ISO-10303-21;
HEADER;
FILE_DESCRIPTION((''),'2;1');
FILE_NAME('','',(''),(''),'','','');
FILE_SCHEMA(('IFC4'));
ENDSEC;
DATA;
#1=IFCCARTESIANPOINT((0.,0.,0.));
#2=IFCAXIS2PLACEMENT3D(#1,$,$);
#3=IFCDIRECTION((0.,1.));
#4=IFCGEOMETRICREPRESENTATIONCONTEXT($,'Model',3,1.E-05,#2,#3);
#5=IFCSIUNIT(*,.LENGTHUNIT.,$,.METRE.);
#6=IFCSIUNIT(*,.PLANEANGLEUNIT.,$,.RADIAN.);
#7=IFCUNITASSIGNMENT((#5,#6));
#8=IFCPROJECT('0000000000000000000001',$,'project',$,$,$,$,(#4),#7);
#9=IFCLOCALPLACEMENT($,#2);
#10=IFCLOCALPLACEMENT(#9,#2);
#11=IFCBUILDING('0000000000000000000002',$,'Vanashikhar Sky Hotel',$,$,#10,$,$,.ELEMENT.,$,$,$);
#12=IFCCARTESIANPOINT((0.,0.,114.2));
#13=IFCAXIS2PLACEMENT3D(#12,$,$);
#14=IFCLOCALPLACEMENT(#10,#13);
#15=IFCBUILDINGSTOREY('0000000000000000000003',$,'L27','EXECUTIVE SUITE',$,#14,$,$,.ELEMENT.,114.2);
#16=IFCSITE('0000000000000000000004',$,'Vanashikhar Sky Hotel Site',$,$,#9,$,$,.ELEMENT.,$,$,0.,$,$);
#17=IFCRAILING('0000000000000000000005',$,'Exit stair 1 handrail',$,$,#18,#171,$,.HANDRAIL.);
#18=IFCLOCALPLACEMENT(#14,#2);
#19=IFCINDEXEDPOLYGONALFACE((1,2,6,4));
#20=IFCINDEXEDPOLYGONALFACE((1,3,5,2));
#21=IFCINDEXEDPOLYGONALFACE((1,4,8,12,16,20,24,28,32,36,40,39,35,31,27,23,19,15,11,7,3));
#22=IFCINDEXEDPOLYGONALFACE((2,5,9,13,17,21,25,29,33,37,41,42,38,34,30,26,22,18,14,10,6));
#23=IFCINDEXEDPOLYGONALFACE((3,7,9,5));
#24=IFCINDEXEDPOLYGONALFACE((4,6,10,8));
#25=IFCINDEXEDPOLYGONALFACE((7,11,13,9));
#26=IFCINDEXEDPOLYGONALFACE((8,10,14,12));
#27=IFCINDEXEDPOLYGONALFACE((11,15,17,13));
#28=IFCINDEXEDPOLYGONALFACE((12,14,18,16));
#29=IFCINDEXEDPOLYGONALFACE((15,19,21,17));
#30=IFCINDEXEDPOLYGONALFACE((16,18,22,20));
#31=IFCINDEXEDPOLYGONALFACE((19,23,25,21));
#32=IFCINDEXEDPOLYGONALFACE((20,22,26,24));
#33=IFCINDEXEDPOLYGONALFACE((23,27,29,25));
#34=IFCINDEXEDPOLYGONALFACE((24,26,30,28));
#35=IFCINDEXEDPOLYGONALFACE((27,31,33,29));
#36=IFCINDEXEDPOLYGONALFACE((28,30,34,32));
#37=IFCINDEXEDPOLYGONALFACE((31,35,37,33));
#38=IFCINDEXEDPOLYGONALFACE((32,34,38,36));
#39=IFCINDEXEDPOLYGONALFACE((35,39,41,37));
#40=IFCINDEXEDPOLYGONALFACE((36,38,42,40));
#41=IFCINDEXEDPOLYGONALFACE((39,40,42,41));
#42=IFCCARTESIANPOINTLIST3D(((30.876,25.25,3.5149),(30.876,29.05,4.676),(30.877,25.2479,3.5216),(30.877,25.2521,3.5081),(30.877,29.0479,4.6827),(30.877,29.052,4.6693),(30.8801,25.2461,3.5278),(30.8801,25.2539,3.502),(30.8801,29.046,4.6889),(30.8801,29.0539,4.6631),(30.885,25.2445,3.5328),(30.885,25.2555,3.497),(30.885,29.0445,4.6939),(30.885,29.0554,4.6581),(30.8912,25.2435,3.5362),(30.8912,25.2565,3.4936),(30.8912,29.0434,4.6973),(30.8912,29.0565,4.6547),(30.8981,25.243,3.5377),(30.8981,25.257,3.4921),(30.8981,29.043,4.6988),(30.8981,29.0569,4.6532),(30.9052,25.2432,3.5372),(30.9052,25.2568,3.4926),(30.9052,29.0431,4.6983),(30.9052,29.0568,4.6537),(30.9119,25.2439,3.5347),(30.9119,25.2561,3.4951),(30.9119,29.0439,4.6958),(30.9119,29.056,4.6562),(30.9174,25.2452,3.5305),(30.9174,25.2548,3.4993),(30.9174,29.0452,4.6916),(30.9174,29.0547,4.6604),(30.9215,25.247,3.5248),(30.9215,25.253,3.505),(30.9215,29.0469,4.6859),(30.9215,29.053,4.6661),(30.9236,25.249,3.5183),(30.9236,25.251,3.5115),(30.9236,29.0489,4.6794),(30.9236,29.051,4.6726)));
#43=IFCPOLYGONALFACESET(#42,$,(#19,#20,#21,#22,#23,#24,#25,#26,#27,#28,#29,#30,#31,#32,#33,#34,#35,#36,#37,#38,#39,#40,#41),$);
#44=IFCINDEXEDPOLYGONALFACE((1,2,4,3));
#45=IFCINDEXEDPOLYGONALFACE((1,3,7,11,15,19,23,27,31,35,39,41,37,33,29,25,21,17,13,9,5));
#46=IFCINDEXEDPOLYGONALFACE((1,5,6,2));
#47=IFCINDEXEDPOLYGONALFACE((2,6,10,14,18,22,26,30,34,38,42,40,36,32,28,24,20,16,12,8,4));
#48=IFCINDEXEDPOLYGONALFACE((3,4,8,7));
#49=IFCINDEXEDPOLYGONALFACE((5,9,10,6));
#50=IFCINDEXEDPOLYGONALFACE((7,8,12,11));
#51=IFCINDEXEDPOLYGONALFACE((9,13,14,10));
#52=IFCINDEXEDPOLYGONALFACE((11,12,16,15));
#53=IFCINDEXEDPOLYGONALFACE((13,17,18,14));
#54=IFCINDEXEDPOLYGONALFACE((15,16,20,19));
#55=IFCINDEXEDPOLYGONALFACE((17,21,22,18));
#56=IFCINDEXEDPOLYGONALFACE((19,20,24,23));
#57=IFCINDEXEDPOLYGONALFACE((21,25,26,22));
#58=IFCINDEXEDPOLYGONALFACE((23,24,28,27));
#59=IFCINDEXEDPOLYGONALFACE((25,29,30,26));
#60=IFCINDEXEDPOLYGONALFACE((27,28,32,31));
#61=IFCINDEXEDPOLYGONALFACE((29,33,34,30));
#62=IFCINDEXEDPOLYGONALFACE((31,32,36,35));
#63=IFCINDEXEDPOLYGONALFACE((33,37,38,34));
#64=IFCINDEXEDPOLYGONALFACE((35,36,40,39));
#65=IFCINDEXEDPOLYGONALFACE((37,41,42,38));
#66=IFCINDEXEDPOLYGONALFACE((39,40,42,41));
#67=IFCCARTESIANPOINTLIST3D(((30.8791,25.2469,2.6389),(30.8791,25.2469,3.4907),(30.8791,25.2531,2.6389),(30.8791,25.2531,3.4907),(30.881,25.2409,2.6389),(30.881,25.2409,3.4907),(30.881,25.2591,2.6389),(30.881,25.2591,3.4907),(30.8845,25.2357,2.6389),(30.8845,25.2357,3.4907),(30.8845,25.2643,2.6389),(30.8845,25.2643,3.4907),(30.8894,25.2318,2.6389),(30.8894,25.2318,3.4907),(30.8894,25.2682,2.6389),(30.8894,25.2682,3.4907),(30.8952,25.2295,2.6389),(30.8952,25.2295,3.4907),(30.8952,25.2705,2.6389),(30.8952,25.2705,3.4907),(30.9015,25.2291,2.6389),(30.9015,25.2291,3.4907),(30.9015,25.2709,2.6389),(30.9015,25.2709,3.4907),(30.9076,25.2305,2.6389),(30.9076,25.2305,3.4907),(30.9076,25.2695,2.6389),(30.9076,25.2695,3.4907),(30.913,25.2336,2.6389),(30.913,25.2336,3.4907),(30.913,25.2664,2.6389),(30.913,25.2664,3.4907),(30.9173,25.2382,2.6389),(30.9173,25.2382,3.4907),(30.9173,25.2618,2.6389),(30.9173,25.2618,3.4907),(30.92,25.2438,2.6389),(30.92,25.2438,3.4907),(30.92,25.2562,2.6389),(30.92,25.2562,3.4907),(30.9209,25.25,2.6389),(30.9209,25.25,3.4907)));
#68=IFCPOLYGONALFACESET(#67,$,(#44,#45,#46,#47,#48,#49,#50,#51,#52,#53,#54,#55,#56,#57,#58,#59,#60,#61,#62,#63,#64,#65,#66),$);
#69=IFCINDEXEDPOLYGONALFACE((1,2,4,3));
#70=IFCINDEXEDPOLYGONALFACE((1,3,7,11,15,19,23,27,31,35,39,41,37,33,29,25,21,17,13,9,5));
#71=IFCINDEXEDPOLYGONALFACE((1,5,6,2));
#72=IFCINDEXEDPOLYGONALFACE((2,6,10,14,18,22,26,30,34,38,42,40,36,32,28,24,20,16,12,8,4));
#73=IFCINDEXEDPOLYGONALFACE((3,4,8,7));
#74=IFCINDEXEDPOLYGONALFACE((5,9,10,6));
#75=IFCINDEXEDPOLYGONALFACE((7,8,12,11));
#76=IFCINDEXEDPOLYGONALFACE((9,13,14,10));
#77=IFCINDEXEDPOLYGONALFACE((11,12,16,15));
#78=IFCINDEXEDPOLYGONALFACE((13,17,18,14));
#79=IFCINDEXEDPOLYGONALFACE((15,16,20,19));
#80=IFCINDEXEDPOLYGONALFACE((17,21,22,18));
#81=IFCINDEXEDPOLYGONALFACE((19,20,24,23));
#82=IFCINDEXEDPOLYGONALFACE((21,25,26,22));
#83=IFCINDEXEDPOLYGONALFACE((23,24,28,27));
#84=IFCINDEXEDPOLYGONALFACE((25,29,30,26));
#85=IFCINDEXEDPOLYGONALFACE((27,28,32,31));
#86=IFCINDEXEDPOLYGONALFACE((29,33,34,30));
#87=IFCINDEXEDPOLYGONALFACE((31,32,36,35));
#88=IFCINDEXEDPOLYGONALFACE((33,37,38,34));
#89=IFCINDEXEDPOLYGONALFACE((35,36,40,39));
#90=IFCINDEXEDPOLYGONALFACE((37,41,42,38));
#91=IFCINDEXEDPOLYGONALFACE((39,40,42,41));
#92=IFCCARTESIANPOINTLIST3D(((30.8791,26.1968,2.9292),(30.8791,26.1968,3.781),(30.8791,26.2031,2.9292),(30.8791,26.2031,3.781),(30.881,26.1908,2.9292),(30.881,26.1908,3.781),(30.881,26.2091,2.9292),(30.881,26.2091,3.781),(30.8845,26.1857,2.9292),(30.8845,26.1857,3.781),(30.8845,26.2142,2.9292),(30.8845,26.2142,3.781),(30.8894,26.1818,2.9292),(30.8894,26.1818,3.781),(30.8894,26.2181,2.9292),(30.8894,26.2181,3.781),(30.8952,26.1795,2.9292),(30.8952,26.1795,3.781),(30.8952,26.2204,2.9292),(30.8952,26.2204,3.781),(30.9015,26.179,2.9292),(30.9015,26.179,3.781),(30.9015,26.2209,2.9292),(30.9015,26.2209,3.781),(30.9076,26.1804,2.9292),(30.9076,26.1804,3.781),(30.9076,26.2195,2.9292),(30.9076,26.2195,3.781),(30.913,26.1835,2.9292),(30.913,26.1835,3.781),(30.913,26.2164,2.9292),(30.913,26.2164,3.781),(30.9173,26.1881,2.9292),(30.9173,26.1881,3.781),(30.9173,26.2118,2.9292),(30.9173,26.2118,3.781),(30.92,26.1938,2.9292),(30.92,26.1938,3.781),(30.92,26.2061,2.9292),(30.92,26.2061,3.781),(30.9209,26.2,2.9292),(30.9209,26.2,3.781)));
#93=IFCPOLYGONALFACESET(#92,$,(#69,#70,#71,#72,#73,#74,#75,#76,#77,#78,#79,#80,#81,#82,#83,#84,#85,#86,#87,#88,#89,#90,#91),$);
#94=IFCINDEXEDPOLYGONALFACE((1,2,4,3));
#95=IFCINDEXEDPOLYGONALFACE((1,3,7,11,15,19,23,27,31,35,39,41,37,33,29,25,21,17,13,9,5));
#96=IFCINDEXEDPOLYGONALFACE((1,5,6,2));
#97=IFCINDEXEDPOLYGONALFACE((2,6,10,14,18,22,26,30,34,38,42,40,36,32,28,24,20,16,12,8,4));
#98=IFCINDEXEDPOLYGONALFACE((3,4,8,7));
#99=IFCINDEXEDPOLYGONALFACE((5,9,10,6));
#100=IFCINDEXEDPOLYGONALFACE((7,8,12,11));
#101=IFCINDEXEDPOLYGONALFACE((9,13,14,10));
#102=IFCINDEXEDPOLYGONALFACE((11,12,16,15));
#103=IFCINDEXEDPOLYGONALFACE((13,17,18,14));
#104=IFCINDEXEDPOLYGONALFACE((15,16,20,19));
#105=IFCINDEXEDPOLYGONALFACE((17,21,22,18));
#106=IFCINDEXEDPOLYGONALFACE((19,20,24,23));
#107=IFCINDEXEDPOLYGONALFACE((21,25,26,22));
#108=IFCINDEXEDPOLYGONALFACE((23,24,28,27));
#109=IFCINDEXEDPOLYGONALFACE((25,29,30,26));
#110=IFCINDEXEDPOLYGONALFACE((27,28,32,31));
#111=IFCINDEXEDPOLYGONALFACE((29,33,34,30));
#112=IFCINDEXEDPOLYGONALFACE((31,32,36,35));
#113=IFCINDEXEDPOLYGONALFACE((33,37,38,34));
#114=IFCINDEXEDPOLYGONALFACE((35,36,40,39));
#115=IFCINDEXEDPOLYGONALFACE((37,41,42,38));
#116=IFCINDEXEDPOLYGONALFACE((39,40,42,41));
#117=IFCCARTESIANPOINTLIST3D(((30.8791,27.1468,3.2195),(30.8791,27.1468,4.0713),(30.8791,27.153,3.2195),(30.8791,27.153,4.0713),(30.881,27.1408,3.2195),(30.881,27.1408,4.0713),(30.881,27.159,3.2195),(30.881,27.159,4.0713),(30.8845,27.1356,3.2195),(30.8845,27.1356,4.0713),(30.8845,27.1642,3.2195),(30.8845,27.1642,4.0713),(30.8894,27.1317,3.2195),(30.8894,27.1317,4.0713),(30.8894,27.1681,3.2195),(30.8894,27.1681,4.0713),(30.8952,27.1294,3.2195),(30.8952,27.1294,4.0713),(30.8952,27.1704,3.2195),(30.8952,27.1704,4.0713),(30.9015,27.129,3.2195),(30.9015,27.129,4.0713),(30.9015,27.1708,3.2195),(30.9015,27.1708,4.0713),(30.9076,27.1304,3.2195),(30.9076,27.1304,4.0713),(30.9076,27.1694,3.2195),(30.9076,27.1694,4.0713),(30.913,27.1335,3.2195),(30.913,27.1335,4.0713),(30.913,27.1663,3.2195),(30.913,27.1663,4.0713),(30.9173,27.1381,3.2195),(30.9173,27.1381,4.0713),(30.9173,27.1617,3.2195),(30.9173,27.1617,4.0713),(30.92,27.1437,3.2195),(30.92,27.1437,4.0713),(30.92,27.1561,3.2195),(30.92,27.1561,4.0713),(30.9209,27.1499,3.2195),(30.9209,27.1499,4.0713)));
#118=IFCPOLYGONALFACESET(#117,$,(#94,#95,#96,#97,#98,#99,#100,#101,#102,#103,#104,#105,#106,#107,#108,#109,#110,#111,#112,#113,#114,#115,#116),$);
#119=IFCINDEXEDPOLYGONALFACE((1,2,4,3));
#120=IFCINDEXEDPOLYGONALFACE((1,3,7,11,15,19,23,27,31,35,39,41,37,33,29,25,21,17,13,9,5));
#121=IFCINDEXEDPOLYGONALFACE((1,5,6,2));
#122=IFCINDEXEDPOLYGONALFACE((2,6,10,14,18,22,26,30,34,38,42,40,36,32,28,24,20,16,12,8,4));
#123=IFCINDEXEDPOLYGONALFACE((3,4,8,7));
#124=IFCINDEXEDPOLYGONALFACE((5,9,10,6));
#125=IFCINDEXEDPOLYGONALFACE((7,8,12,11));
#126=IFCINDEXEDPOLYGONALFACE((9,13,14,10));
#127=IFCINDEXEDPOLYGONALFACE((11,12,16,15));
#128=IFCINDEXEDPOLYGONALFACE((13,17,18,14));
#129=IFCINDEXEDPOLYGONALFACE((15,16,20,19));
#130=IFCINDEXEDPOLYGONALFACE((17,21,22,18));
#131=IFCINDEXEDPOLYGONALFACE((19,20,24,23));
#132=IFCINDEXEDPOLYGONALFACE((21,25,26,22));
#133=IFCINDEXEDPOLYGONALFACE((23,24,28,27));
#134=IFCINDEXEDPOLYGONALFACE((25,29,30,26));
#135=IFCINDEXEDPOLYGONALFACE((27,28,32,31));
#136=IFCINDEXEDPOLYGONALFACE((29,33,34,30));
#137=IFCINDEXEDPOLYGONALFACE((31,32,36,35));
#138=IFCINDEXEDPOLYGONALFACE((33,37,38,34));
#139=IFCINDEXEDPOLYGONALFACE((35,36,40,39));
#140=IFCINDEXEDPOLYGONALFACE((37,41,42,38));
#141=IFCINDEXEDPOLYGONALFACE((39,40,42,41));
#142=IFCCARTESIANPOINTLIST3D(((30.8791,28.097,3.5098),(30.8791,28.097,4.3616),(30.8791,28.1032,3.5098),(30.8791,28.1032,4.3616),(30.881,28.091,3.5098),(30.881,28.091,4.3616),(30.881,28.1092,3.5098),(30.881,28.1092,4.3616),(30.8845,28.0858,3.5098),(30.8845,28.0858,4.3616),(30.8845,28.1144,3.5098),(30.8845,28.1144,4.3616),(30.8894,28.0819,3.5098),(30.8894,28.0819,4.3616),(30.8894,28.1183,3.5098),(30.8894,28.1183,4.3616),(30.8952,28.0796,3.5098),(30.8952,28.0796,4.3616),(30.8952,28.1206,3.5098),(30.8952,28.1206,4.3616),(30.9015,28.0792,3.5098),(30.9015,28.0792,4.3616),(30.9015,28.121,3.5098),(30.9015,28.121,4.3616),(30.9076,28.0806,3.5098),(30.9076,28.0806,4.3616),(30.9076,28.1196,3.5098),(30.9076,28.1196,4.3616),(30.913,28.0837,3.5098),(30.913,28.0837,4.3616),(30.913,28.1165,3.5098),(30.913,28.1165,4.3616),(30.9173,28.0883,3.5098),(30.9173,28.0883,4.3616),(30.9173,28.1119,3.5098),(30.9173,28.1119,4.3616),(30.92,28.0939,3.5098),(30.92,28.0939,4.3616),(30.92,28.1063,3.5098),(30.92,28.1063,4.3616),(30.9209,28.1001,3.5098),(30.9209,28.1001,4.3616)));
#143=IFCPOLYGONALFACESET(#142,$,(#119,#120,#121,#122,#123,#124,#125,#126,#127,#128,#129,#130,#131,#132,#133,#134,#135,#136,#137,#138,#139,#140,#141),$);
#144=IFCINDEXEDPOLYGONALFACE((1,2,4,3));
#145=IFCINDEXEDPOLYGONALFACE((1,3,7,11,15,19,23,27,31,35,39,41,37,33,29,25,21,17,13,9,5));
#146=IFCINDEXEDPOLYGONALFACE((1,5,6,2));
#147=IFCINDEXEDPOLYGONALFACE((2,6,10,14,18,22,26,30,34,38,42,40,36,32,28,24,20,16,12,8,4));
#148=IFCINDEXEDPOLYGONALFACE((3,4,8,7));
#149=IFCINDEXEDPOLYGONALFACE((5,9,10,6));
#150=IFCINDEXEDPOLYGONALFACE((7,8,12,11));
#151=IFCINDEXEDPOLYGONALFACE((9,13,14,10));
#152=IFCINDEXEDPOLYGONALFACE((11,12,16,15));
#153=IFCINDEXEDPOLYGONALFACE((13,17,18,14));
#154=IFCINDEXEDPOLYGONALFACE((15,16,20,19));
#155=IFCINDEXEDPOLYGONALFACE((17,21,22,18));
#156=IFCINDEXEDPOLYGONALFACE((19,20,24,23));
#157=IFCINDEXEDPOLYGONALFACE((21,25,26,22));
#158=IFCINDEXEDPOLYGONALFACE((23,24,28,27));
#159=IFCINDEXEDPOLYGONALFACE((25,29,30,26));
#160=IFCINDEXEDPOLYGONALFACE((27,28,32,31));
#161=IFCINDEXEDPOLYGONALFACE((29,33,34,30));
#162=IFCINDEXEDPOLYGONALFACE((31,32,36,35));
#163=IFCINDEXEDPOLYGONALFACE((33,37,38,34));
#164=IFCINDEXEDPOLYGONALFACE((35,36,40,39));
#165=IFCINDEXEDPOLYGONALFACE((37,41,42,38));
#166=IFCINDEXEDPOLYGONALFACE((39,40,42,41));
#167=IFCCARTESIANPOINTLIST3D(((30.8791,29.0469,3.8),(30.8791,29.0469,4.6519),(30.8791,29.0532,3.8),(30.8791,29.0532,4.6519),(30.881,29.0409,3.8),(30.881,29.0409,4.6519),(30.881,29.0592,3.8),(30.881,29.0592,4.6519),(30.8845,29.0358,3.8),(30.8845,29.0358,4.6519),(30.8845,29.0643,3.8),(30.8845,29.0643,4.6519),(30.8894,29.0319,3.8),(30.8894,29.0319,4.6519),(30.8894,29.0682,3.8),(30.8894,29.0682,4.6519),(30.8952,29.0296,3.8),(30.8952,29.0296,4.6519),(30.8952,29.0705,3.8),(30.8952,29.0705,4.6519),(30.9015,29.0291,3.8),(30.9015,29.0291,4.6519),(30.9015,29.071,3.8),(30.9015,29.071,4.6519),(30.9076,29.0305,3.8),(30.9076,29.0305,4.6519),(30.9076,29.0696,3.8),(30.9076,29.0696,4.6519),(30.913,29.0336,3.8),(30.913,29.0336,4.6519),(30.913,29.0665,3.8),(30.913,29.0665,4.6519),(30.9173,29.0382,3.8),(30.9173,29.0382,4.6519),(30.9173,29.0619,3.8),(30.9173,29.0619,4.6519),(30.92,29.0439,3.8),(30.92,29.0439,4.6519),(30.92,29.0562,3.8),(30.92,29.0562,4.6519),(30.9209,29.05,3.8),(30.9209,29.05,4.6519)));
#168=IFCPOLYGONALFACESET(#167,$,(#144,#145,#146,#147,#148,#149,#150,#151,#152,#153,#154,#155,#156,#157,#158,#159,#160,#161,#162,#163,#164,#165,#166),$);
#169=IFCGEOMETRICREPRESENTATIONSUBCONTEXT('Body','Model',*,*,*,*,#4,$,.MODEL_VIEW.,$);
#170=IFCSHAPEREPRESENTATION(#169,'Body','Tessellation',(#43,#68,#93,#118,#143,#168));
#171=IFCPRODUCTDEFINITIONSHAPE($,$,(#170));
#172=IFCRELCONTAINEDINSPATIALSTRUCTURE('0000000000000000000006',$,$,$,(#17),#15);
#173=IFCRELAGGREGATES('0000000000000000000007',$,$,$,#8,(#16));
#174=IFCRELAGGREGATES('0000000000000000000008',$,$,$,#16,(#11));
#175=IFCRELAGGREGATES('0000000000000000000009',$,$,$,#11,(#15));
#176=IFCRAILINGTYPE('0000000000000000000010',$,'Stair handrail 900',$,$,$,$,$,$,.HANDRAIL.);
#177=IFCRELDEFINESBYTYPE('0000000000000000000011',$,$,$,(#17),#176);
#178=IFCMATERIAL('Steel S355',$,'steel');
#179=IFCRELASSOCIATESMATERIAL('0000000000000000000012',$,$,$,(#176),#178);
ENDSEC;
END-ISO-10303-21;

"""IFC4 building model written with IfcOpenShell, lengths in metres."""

from ifc_helpers import new_model, si_unit, direction, frame, origin, origin_2d, place, context, subcontext, project, spatial, circle, extrude, source, transform, mapped, material, type_object, element, save


model = new_model("IFC4")

# Units and contexts
model_context = context("Model", 3, precision=1e-05, world=origin(), true_north=direction((0.0, 1.0)))
body_context = subcontext(model_context, "Body", "Model", "MODEL_VIEW")
ifc_project = project(units=[si_unit("LENGTHUNIT", "METRE"), si_unit("PLANEANGLEUNIT", "RADIAN")], contexts=[model_context])

# Site, building, storey
site_placement = place(None, origin())
site = spatial("IfcSite", under=ifc_project, at=site_placement, Name="Vanashikhar Sky Hotel Site", CompositionType="ELEMENT", RefElevation=0.0)
building_placement = place(site_placement, origin())
building = spatial("IfcBuilding", under=site, at=building_placement, Name="Vanashikhar Sky Hotel", CompositionType="ELEMENT")
storey_placement = place(building_placement, frame((0.0, 0.0, 114.2)))
storey = spatial("IfcBuildingStorey", under=building, at=storey_placement, Name="L27", Description="EXECUTIVE SUITE", CompositionType="ELEMENT", Elevation=114.2)

# Railing
ifc_material_1 = material(Name="Steel S355", Category="steel")
railing_type_1 = type_object("IfcRailingType", Name="Stair handrail 900", PredefinedType="HANDRAIL", material=ifc_material_1)
shared_shape_1 = source(origin(), body_context, "Body", "SweptSolid", [
    extrude(circle(Radius=0.0239, at=origin_2d()), frame((0.0, 0.0, 0.876), z_axis=(0.0, 0.956351, 0.29222), x_axis=(-1.0, 0.0, 0.0)), (0.0, 0.0, 1.0), 3.9734),
    extrude(circle(Radius=0.021, at=origin_2d()), origin(), (0.0, 0.0, 1.0), 0.8518),
    extrude(circle(Radius=0.021, at=origin_2d()), frame((0.0, 0.95, 0.2903)), (0.0, 0.0, 1.0), 0.8518),
    extrude(circle(Radius=0.021, at=origin_2d()), frame((0.0, 1.8999, 0.5806)), (0.0, 0.0, 1.0), 0.8518),
    extrude(circle(Radius=0.021, at=origin_2d()), frame((0.0, 2.8501, 0.8708)), (0.0, 0.0, 1.0), 0.8518),
    extrude(circle(Radius=0.021, at=origin_2d()), frame((0.0, 3.8, 1.1611)), (0.0, 0.0, 1.0), 0.8518),
])
for number, where, name in (
    (1, (30.8999, 25.25, 2.6389), "Exit stair 1 handrail"),
):
    element("IfcRailing", number, at=place(storey_placement, frame(where)), inside=storey, type_object=railing_type_1, Name=name, PredefinedType="HANDRAIL", context=body_context, shape_type="MappedRepresentation", body=[
        mapped(shared_shape_1, transform((0.0, 0.0, 0.0), scale=1.0)),
    ])

save(model, "model.ifc")
